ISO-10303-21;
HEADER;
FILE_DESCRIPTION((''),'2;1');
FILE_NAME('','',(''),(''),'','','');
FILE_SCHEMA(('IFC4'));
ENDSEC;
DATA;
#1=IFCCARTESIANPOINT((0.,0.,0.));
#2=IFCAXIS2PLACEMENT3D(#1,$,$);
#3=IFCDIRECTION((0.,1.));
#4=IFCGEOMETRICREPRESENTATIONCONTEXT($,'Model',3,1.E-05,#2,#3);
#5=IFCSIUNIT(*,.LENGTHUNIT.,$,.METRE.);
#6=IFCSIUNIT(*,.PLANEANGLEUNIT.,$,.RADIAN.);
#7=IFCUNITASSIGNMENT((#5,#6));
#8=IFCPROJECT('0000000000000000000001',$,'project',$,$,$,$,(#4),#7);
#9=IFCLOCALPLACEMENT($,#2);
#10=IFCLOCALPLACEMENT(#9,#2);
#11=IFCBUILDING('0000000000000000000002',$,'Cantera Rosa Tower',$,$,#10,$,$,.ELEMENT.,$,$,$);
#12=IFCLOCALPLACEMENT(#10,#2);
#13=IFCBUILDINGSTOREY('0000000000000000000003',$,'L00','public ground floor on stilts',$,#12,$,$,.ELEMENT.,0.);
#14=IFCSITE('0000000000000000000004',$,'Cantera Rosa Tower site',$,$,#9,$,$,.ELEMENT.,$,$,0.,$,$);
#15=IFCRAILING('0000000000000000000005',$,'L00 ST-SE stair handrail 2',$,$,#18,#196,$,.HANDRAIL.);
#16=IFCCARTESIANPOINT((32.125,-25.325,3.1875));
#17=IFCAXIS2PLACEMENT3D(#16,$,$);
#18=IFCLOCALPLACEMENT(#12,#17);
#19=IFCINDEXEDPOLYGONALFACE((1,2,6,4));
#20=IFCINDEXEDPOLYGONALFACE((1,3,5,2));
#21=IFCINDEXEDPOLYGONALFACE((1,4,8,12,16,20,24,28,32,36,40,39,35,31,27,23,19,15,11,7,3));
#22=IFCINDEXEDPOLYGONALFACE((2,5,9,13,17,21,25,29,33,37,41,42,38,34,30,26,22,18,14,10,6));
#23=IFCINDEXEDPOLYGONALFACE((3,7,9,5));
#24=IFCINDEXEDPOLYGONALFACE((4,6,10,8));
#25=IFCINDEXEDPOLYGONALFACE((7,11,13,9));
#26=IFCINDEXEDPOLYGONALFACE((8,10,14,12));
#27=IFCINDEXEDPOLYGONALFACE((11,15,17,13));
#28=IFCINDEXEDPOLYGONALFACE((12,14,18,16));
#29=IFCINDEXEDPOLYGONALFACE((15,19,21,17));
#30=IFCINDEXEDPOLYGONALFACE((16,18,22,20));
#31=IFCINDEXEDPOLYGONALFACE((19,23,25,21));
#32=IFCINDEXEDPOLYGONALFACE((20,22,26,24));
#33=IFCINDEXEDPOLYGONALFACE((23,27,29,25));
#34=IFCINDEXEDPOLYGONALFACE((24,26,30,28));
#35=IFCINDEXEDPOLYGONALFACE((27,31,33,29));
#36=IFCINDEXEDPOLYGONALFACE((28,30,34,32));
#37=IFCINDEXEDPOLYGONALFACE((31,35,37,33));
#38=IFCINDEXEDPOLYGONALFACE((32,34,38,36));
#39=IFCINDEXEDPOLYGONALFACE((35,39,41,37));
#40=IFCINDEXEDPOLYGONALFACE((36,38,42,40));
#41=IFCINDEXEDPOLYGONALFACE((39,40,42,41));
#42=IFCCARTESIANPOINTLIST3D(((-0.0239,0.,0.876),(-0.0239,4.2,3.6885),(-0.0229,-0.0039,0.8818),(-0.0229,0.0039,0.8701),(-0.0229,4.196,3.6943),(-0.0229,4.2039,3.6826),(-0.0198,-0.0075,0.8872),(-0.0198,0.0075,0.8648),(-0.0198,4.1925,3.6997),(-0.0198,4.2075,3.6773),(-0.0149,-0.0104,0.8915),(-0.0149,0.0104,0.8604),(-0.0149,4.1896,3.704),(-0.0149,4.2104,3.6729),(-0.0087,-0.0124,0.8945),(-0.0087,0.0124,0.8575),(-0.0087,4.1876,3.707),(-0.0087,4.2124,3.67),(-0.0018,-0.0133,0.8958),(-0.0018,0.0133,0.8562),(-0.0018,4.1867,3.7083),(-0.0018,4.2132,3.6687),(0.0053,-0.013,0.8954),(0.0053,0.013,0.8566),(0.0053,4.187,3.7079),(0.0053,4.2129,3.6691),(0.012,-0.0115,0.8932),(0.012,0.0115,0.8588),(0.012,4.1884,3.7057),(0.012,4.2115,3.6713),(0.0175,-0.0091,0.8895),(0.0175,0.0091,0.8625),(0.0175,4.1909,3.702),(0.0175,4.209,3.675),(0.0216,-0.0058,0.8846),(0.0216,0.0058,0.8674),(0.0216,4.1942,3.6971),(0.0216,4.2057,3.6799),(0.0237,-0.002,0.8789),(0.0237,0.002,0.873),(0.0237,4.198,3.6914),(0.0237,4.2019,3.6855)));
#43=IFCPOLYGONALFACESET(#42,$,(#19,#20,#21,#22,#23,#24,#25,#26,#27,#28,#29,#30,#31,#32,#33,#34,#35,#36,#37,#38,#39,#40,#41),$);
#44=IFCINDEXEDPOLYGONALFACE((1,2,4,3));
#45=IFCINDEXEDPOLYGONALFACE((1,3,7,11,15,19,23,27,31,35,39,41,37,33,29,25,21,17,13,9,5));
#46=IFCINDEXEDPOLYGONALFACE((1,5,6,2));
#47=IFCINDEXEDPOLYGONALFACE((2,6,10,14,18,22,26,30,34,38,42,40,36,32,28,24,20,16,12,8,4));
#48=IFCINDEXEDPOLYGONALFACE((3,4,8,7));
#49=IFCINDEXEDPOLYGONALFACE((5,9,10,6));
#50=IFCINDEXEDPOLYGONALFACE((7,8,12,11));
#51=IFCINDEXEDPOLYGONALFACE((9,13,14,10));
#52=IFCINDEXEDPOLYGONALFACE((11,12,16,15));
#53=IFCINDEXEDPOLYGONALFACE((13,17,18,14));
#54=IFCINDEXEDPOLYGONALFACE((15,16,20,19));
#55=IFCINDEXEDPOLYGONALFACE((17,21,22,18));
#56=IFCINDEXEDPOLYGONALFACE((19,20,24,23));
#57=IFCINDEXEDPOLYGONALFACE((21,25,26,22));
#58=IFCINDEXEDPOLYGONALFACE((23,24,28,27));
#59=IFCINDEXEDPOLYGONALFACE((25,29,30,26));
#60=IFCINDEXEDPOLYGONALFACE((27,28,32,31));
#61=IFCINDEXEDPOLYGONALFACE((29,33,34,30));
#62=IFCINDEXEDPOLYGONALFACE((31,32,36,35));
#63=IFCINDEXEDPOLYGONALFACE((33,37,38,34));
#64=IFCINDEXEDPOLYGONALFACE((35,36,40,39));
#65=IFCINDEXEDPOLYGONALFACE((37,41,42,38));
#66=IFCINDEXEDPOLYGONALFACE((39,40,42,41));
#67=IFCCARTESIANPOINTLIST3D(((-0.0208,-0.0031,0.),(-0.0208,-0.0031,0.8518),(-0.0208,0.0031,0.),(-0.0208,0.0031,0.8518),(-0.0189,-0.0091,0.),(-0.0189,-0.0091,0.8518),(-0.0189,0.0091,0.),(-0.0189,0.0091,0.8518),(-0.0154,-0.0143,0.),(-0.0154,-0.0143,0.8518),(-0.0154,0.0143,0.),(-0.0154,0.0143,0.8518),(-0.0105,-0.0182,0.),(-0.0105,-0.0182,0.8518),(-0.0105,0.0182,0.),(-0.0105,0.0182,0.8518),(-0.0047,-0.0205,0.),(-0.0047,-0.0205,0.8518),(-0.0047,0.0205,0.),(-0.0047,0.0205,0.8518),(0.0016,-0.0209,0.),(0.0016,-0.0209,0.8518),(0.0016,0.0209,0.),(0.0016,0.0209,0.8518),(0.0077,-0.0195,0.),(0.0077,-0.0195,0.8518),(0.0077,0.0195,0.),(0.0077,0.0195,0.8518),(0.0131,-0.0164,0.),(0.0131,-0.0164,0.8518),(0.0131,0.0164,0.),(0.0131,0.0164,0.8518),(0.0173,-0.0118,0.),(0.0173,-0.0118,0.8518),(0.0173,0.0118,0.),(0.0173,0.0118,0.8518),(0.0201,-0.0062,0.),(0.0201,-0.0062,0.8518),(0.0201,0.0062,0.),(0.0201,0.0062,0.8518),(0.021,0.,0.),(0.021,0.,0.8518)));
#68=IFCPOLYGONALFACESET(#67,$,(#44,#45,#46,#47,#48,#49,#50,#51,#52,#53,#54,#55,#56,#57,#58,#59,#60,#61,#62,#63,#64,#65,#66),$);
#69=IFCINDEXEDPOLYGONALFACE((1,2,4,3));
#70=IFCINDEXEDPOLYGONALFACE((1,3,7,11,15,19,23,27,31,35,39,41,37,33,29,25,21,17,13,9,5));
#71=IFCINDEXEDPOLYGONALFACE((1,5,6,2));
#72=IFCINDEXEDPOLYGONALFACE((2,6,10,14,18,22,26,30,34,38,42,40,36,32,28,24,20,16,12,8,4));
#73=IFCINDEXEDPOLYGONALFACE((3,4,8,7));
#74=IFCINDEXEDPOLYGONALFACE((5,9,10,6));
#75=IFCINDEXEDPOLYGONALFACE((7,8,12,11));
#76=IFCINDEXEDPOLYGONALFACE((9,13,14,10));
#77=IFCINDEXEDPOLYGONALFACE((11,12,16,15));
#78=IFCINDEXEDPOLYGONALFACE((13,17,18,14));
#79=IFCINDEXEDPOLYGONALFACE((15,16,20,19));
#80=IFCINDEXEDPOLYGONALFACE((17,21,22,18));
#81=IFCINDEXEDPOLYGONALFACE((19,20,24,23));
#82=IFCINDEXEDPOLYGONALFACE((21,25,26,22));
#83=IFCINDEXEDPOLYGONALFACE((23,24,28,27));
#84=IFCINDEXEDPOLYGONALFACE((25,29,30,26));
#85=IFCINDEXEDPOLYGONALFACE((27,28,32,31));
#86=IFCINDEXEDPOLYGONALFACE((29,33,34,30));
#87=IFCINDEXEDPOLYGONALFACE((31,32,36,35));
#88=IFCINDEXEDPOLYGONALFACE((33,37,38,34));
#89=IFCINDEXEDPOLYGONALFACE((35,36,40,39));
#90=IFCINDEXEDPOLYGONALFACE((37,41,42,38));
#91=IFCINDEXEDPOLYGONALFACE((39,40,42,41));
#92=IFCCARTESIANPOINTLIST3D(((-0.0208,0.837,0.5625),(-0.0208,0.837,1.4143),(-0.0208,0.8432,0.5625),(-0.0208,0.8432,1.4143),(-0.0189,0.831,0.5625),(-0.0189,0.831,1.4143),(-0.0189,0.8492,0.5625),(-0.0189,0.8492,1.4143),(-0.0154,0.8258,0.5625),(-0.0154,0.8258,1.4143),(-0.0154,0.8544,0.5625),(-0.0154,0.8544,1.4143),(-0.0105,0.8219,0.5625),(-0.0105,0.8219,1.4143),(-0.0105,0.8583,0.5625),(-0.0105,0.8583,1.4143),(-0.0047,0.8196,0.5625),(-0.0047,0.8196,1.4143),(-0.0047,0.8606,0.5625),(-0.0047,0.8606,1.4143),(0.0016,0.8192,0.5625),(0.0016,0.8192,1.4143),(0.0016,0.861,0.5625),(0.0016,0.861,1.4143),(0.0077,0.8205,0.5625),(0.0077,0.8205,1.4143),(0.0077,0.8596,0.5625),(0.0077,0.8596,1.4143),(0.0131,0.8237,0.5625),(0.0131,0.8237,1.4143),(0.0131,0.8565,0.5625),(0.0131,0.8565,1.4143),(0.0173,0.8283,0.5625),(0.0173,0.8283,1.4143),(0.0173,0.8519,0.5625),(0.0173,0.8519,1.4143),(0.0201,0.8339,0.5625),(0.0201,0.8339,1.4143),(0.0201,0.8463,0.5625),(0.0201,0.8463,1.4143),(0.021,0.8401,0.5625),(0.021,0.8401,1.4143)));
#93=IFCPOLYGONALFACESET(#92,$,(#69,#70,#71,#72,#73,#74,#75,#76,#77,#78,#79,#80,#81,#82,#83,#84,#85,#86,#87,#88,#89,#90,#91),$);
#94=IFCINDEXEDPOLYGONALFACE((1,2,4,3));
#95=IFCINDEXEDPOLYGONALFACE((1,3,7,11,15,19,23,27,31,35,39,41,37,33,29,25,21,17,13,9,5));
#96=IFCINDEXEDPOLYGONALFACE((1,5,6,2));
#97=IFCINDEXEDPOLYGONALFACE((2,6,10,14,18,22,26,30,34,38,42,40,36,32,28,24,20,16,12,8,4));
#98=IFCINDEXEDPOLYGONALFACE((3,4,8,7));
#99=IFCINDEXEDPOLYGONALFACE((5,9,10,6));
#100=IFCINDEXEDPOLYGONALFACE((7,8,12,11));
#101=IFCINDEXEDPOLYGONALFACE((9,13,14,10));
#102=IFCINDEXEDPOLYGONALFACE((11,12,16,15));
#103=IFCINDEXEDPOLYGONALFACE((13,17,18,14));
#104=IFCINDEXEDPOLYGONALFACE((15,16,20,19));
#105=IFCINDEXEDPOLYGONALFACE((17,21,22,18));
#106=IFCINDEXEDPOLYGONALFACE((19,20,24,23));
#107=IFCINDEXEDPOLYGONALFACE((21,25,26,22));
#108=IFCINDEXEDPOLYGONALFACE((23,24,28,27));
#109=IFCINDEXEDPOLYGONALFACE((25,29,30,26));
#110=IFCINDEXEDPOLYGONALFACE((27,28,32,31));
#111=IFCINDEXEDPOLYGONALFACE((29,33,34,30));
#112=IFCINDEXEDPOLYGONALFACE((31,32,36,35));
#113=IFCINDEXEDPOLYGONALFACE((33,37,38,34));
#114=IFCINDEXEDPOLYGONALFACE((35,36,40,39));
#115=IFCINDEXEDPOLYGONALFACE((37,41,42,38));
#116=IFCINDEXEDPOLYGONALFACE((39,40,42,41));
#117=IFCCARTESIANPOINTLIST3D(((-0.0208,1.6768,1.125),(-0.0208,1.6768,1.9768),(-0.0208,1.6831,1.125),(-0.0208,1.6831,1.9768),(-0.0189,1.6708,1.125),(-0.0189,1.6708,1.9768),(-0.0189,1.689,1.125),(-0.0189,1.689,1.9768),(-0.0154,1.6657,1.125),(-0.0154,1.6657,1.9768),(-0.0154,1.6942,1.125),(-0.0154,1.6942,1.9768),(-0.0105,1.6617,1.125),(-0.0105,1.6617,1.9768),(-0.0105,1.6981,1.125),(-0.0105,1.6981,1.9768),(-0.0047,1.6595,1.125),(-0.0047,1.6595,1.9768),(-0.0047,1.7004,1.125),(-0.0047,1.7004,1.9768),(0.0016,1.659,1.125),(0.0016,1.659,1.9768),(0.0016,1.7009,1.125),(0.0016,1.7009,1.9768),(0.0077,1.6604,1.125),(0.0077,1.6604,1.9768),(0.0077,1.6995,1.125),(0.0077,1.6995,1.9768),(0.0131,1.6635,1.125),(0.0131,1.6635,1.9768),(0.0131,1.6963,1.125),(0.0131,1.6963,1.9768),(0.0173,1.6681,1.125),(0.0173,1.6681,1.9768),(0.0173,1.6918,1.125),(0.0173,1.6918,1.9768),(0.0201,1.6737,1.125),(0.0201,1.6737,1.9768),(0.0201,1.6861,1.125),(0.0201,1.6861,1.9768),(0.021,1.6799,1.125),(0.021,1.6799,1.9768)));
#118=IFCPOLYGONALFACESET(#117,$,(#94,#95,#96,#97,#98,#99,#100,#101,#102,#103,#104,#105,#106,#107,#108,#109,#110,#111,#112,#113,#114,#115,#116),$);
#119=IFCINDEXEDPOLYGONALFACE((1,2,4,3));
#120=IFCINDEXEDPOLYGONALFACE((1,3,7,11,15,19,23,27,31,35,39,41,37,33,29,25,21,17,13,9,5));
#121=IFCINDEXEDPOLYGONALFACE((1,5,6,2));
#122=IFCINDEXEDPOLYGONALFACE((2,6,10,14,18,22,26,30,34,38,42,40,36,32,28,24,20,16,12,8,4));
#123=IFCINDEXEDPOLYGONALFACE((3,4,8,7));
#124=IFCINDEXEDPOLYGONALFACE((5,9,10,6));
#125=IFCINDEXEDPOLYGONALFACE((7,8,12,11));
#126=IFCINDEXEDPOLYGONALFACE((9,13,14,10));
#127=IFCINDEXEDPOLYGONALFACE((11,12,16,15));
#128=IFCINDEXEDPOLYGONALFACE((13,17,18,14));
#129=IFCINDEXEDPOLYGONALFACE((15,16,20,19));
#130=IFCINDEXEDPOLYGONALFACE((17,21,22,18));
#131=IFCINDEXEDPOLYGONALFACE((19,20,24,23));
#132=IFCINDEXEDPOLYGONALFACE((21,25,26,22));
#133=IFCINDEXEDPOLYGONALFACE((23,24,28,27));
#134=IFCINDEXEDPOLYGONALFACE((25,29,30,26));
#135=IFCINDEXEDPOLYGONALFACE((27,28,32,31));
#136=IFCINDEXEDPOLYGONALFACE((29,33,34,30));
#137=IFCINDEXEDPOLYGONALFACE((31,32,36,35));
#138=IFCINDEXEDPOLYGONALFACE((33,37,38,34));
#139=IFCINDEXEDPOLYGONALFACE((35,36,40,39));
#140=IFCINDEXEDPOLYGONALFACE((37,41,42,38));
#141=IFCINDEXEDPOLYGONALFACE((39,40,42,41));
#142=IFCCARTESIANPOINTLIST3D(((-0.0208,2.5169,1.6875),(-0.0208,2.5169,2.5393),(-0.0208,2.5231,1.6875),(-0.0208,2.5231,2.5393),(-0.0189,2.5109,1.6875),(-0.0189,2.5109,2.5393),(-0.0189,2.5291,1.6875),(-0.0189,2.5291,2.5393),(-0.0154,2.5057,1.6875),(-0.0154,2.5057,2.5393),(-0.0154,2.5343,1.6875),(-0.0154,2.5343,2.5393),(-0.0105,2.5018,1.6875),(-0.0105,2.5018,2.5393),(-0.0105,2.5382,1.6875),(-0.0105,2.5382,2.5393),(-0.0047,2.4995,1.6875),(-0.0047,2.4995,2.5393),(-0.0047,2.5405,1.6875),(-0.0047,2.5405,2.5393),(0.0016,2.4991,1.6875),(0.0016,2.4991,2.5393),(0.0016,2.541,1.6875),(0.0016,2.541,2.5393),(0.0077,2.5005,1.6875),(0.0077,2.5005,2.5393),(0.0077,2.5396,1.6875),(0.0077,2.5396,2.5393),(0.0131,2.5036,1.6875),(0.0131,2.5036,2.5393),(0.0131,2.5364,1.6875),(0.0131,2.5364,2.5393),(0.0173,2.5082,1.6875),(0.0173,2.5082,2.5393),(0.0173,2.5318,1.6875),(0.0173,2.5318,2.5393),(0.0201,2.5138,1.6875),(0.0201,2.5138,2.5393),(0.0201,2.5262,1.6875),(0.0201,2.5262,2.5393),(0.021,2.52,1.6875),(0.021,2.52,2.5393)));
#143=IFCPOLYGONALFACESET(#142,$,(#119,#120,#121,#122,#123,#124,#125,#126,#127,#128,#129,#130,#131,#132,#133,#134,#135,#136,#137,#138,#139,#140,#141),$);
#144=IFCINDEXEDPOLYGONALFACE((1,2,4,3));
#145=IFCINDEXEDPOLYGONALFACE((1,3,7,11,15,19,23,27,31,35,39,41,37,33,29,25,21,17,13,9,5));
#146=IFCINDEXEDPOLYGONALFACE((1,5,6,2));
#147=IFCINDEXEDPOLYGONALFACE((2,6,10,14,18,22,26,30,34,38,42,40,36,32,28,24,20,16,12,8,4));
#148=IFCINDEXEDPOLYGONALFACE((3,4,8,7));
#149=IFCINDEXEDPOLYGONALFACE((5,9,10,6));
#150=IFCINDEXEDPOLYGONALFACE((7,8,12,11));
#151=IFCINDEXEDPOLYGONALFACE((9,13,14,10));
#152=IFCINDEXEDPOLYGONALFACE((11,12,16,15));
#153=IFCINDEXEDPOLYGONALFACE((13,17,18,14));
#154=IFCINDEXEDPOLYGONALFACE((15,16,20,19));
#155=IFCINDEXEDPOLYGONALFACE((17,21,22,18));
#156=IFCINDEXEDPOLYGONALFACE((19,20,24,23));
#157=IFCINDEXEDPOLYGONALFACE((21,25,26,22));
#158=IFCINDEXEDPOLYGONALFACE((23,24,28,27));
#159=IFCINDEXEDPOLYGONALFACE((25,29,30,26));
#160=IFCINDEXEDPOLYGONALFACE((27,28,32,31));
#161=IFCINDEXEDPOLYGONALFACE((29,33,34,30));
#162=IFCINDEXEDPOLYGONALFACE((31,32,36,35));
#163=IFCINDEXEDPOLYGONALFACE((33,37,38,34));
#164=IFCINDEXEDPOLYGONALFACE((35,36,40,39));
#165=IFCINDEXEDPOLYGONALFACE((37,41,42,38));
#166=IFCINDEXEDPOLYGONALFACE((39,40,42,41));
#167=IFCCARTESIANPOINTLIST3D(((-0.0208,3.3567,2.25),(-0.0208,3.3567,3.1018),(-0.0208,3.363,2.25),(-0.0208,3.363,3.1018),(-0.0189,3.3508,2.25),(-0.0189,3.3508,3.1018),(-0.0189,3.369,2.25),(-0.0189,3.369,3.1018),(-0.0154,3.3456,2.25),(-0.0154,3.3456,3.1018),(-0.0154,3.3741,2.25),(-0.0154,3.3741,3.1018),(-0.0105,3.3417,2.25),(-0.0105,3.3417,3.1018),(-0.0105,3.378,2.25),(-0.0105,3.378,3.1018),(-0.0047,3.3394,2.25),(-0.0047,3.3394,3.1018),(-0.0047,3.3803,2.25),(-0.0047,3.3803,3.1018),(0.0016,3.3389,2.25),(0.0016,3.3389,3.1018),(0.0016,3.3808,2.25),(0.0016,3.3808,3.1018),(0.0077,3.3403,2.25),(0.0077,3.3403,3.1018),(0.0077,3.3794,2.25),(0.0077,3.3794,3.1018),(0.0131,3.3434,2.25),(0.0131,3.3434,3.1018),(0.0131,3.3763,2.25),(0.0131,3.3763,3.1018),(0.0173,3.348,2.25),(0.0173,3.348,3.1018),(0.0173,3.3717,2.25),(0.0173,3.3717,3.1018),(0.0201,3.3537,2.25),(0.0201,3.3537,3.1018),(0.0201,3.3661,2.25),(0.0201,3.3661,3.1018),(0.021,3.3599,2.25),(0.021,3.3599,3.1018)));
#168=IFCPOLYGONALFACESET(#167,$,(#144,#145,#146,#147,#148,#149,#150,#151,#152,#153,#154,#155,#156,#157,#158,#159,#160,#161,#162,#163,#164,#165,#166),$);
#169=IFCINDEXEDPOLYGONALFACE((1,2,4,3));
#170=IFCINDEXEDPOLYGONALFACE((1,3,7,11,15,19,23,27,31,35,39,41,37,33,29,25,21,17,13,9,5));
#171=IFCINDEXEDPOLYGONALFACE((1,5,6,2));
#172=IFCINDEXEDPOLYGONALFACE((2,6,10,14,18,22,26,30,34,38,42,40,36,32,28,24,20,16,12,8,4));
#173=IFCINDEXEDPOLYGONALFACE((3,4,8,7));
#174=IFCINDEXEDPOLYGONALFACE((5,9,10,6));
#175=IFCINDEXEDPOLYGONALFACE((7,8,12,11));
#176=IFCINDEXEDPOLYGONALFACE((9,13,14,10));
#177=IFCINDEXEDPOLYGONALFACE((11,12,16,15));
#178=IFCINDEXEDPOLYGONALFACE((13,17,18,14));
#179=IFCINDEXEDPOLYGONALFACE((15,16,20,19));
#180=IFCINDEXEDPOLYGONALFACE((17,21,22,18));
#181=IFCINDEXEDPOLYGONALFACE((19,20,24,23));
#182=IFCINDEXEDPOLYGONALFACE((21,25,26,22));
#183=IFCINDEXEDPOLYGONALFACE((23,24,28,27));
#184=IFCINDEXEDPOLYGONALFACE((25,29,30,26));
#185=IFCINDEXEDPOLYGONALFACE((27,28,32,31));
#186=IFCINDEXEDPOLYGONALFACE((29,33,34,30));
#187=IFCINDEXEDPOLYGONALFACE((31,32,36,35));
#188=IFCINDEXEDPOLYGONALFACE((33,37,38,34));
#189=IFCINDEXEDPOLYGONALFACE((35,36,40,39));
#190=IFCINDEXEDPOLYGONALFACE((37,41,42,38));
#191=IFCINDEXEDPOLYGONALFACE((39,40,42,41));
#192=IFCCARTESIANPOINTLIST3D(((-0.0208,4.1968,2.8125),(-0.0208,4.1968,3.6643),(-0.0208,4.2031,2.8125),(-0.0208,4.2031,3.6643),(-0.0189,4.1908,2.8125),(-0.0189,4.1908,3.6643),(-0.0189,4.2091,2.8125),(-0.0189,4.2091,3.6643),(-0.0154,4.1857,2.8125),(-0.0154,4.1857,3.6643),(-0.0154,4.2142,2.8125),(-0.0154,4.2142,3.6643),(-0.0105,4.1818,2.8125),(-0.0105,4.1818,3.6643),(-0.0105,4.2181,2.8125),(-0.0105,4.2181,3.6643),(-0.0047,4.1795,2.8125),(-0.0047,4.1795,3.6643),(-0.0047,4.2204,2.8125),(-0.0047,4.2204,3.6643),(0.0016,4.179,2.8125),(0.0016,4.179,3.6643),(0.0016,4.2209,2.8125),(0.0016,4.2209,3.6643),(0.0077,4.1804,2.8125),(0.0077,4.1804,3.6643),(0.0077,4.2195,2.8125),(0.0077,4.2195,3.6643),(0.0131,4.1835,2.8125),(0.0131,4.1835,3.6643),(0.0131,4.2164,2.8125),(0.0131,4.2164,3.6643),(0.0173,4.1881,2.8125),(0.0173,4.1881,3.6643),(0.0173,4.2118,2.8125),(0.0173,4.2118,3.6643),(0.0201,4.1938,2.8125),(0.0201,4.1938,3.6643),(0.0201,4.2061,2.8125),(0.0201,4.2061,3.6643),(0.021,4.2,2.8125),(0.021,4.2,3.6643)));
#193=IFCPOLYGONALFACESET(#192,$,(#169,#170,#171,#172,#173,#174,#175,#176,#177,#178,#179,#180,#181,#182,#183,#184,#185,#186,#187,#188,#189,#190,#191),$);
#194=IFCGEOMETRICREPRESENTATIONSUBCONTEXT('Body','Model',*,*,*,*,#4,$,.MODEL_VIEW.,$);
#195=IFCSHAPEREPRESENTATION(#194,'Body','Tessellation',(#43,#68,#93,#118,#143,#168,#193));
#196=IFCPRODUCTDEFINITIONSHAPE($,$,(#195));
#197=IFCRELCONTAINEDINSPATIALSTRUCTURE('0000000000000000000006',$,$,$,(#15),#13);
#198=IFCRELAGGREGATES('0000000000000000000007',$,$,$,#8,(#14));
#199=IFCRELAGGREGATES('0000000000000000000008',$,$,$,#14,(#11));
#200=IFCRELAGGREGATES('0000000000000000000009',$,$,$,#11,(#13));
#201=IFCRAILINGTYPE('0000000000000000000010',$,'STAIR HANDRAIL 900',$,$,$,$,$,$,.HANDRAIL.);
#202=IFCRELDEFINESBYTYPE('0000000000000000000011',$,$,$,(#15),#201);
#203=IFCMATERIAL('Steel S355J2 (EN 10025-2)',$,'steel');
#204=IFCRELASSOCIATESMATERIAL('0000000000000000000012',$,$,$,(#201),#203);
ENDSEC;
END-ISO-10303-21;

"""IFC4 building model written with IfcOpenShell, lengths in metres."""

from ifc_helpers import new_model, si_unit, direction, frame, origin, origin_2d, place, context, subcontext, project, spatial, circle, extrude, material, type_object, element, save


model = new_model("IFC4")

# Units and contexts
model_context = context("Model", 3, precision=1e-05, world=origin(), true_north=direction((0.0, 1.0)))
body_context = subcontext(model_context, "Body", "Model", "MODEL_VIEW")
ifc_project = project(units=[si_unit("LENGTHUNIT", "METRE"), si_unit("PLANEANGLEUNIT", "RADIAN")], contexts=[model_context])

# Site, building, storey
site_placement = place(None, origin())
site = spatial("IfcSite", under=ifc_project, at=site_placement, Name="Cantera Rosa Tower site", CompositionType="ELEMENT", RefElevation=0.0)
building_placement = place(site_placement, origin())
building = spatial("IfcBuilding", under=site, at=building_placement, Name="Cantera Rosa Tower", CompositionType="ELEMENT")
storey_placement = place(building_placement, origin())
storey = spatial("IfcBuildingStorey", under=building, at=storey_placement, Name="L00", Description="public ground floor on stilts", CompositionType="ELEMENT", Elevation=0.0)

# Railing
ifc_material_1 = material(Name="Steel S355J2 (EN 10025-2)", Category="steel")
railing_type_1 = type_object("IfcRailingType", Name="STAIR HANDRAIL 900", PredefinedType="HANDRAIL", material=ifc_material_1)
railing_1_placement = place(storey_placement, frame((32.125, -25.325, 3.1875)))
element("IfcRailing", 1, at=railing_1_placement, inside=storey, type_object=railing_type_1, Name="L00 ST-SE stair handrail 2", PredefinedType="HANDRAIL", context=body_context, shape_type="SweptSolid", body=[
    extrude(circle(Radius=0.0239, at=origin_2d()), frame((0.0, 0.0, 0.876), z_axis=(0.0, 0.830904, 0.556416), x_axis=(-1.0, 0.0, 0.0)), (0.0, 0.0, 1.0), 5.0547),
    extrude(circle(Radius=0.021, at=origin_2d()), origin(), (0.0, 0.0, 1.0), 0.8518),
    extrude(circle(Radius=0.021, at=origin_2d()), frame((0.0, 0.8401, 0.5625)), (0.0, 0.0, 1.0), 0.8518),
    extrude(circle(Radius=0.021, at=origin_2d()), frame((0.0, 1.6799, 1.125)), (0.0, 0.0, 1.0), 0.8518),
    extrude(circle(Radius=0.021, at=origin_2d()), frame((0.0, 2.52, 1.6875)), (0.0, 0.0, 1.0), 0.8518),
    extrude(circle(Radius=0.021, at=origin_2d()), frame((0.0, 3.3599, 2.25)), (0.0, 0.0, 1.0), 0.8518),
    extrude(circle(Radius=0.021, at=origin_2d()), frame((0.0, 4.2, 2.8125)), (0.0, 0.0, 1.0), 0.8518),
])

save(model, "model.ifc")
